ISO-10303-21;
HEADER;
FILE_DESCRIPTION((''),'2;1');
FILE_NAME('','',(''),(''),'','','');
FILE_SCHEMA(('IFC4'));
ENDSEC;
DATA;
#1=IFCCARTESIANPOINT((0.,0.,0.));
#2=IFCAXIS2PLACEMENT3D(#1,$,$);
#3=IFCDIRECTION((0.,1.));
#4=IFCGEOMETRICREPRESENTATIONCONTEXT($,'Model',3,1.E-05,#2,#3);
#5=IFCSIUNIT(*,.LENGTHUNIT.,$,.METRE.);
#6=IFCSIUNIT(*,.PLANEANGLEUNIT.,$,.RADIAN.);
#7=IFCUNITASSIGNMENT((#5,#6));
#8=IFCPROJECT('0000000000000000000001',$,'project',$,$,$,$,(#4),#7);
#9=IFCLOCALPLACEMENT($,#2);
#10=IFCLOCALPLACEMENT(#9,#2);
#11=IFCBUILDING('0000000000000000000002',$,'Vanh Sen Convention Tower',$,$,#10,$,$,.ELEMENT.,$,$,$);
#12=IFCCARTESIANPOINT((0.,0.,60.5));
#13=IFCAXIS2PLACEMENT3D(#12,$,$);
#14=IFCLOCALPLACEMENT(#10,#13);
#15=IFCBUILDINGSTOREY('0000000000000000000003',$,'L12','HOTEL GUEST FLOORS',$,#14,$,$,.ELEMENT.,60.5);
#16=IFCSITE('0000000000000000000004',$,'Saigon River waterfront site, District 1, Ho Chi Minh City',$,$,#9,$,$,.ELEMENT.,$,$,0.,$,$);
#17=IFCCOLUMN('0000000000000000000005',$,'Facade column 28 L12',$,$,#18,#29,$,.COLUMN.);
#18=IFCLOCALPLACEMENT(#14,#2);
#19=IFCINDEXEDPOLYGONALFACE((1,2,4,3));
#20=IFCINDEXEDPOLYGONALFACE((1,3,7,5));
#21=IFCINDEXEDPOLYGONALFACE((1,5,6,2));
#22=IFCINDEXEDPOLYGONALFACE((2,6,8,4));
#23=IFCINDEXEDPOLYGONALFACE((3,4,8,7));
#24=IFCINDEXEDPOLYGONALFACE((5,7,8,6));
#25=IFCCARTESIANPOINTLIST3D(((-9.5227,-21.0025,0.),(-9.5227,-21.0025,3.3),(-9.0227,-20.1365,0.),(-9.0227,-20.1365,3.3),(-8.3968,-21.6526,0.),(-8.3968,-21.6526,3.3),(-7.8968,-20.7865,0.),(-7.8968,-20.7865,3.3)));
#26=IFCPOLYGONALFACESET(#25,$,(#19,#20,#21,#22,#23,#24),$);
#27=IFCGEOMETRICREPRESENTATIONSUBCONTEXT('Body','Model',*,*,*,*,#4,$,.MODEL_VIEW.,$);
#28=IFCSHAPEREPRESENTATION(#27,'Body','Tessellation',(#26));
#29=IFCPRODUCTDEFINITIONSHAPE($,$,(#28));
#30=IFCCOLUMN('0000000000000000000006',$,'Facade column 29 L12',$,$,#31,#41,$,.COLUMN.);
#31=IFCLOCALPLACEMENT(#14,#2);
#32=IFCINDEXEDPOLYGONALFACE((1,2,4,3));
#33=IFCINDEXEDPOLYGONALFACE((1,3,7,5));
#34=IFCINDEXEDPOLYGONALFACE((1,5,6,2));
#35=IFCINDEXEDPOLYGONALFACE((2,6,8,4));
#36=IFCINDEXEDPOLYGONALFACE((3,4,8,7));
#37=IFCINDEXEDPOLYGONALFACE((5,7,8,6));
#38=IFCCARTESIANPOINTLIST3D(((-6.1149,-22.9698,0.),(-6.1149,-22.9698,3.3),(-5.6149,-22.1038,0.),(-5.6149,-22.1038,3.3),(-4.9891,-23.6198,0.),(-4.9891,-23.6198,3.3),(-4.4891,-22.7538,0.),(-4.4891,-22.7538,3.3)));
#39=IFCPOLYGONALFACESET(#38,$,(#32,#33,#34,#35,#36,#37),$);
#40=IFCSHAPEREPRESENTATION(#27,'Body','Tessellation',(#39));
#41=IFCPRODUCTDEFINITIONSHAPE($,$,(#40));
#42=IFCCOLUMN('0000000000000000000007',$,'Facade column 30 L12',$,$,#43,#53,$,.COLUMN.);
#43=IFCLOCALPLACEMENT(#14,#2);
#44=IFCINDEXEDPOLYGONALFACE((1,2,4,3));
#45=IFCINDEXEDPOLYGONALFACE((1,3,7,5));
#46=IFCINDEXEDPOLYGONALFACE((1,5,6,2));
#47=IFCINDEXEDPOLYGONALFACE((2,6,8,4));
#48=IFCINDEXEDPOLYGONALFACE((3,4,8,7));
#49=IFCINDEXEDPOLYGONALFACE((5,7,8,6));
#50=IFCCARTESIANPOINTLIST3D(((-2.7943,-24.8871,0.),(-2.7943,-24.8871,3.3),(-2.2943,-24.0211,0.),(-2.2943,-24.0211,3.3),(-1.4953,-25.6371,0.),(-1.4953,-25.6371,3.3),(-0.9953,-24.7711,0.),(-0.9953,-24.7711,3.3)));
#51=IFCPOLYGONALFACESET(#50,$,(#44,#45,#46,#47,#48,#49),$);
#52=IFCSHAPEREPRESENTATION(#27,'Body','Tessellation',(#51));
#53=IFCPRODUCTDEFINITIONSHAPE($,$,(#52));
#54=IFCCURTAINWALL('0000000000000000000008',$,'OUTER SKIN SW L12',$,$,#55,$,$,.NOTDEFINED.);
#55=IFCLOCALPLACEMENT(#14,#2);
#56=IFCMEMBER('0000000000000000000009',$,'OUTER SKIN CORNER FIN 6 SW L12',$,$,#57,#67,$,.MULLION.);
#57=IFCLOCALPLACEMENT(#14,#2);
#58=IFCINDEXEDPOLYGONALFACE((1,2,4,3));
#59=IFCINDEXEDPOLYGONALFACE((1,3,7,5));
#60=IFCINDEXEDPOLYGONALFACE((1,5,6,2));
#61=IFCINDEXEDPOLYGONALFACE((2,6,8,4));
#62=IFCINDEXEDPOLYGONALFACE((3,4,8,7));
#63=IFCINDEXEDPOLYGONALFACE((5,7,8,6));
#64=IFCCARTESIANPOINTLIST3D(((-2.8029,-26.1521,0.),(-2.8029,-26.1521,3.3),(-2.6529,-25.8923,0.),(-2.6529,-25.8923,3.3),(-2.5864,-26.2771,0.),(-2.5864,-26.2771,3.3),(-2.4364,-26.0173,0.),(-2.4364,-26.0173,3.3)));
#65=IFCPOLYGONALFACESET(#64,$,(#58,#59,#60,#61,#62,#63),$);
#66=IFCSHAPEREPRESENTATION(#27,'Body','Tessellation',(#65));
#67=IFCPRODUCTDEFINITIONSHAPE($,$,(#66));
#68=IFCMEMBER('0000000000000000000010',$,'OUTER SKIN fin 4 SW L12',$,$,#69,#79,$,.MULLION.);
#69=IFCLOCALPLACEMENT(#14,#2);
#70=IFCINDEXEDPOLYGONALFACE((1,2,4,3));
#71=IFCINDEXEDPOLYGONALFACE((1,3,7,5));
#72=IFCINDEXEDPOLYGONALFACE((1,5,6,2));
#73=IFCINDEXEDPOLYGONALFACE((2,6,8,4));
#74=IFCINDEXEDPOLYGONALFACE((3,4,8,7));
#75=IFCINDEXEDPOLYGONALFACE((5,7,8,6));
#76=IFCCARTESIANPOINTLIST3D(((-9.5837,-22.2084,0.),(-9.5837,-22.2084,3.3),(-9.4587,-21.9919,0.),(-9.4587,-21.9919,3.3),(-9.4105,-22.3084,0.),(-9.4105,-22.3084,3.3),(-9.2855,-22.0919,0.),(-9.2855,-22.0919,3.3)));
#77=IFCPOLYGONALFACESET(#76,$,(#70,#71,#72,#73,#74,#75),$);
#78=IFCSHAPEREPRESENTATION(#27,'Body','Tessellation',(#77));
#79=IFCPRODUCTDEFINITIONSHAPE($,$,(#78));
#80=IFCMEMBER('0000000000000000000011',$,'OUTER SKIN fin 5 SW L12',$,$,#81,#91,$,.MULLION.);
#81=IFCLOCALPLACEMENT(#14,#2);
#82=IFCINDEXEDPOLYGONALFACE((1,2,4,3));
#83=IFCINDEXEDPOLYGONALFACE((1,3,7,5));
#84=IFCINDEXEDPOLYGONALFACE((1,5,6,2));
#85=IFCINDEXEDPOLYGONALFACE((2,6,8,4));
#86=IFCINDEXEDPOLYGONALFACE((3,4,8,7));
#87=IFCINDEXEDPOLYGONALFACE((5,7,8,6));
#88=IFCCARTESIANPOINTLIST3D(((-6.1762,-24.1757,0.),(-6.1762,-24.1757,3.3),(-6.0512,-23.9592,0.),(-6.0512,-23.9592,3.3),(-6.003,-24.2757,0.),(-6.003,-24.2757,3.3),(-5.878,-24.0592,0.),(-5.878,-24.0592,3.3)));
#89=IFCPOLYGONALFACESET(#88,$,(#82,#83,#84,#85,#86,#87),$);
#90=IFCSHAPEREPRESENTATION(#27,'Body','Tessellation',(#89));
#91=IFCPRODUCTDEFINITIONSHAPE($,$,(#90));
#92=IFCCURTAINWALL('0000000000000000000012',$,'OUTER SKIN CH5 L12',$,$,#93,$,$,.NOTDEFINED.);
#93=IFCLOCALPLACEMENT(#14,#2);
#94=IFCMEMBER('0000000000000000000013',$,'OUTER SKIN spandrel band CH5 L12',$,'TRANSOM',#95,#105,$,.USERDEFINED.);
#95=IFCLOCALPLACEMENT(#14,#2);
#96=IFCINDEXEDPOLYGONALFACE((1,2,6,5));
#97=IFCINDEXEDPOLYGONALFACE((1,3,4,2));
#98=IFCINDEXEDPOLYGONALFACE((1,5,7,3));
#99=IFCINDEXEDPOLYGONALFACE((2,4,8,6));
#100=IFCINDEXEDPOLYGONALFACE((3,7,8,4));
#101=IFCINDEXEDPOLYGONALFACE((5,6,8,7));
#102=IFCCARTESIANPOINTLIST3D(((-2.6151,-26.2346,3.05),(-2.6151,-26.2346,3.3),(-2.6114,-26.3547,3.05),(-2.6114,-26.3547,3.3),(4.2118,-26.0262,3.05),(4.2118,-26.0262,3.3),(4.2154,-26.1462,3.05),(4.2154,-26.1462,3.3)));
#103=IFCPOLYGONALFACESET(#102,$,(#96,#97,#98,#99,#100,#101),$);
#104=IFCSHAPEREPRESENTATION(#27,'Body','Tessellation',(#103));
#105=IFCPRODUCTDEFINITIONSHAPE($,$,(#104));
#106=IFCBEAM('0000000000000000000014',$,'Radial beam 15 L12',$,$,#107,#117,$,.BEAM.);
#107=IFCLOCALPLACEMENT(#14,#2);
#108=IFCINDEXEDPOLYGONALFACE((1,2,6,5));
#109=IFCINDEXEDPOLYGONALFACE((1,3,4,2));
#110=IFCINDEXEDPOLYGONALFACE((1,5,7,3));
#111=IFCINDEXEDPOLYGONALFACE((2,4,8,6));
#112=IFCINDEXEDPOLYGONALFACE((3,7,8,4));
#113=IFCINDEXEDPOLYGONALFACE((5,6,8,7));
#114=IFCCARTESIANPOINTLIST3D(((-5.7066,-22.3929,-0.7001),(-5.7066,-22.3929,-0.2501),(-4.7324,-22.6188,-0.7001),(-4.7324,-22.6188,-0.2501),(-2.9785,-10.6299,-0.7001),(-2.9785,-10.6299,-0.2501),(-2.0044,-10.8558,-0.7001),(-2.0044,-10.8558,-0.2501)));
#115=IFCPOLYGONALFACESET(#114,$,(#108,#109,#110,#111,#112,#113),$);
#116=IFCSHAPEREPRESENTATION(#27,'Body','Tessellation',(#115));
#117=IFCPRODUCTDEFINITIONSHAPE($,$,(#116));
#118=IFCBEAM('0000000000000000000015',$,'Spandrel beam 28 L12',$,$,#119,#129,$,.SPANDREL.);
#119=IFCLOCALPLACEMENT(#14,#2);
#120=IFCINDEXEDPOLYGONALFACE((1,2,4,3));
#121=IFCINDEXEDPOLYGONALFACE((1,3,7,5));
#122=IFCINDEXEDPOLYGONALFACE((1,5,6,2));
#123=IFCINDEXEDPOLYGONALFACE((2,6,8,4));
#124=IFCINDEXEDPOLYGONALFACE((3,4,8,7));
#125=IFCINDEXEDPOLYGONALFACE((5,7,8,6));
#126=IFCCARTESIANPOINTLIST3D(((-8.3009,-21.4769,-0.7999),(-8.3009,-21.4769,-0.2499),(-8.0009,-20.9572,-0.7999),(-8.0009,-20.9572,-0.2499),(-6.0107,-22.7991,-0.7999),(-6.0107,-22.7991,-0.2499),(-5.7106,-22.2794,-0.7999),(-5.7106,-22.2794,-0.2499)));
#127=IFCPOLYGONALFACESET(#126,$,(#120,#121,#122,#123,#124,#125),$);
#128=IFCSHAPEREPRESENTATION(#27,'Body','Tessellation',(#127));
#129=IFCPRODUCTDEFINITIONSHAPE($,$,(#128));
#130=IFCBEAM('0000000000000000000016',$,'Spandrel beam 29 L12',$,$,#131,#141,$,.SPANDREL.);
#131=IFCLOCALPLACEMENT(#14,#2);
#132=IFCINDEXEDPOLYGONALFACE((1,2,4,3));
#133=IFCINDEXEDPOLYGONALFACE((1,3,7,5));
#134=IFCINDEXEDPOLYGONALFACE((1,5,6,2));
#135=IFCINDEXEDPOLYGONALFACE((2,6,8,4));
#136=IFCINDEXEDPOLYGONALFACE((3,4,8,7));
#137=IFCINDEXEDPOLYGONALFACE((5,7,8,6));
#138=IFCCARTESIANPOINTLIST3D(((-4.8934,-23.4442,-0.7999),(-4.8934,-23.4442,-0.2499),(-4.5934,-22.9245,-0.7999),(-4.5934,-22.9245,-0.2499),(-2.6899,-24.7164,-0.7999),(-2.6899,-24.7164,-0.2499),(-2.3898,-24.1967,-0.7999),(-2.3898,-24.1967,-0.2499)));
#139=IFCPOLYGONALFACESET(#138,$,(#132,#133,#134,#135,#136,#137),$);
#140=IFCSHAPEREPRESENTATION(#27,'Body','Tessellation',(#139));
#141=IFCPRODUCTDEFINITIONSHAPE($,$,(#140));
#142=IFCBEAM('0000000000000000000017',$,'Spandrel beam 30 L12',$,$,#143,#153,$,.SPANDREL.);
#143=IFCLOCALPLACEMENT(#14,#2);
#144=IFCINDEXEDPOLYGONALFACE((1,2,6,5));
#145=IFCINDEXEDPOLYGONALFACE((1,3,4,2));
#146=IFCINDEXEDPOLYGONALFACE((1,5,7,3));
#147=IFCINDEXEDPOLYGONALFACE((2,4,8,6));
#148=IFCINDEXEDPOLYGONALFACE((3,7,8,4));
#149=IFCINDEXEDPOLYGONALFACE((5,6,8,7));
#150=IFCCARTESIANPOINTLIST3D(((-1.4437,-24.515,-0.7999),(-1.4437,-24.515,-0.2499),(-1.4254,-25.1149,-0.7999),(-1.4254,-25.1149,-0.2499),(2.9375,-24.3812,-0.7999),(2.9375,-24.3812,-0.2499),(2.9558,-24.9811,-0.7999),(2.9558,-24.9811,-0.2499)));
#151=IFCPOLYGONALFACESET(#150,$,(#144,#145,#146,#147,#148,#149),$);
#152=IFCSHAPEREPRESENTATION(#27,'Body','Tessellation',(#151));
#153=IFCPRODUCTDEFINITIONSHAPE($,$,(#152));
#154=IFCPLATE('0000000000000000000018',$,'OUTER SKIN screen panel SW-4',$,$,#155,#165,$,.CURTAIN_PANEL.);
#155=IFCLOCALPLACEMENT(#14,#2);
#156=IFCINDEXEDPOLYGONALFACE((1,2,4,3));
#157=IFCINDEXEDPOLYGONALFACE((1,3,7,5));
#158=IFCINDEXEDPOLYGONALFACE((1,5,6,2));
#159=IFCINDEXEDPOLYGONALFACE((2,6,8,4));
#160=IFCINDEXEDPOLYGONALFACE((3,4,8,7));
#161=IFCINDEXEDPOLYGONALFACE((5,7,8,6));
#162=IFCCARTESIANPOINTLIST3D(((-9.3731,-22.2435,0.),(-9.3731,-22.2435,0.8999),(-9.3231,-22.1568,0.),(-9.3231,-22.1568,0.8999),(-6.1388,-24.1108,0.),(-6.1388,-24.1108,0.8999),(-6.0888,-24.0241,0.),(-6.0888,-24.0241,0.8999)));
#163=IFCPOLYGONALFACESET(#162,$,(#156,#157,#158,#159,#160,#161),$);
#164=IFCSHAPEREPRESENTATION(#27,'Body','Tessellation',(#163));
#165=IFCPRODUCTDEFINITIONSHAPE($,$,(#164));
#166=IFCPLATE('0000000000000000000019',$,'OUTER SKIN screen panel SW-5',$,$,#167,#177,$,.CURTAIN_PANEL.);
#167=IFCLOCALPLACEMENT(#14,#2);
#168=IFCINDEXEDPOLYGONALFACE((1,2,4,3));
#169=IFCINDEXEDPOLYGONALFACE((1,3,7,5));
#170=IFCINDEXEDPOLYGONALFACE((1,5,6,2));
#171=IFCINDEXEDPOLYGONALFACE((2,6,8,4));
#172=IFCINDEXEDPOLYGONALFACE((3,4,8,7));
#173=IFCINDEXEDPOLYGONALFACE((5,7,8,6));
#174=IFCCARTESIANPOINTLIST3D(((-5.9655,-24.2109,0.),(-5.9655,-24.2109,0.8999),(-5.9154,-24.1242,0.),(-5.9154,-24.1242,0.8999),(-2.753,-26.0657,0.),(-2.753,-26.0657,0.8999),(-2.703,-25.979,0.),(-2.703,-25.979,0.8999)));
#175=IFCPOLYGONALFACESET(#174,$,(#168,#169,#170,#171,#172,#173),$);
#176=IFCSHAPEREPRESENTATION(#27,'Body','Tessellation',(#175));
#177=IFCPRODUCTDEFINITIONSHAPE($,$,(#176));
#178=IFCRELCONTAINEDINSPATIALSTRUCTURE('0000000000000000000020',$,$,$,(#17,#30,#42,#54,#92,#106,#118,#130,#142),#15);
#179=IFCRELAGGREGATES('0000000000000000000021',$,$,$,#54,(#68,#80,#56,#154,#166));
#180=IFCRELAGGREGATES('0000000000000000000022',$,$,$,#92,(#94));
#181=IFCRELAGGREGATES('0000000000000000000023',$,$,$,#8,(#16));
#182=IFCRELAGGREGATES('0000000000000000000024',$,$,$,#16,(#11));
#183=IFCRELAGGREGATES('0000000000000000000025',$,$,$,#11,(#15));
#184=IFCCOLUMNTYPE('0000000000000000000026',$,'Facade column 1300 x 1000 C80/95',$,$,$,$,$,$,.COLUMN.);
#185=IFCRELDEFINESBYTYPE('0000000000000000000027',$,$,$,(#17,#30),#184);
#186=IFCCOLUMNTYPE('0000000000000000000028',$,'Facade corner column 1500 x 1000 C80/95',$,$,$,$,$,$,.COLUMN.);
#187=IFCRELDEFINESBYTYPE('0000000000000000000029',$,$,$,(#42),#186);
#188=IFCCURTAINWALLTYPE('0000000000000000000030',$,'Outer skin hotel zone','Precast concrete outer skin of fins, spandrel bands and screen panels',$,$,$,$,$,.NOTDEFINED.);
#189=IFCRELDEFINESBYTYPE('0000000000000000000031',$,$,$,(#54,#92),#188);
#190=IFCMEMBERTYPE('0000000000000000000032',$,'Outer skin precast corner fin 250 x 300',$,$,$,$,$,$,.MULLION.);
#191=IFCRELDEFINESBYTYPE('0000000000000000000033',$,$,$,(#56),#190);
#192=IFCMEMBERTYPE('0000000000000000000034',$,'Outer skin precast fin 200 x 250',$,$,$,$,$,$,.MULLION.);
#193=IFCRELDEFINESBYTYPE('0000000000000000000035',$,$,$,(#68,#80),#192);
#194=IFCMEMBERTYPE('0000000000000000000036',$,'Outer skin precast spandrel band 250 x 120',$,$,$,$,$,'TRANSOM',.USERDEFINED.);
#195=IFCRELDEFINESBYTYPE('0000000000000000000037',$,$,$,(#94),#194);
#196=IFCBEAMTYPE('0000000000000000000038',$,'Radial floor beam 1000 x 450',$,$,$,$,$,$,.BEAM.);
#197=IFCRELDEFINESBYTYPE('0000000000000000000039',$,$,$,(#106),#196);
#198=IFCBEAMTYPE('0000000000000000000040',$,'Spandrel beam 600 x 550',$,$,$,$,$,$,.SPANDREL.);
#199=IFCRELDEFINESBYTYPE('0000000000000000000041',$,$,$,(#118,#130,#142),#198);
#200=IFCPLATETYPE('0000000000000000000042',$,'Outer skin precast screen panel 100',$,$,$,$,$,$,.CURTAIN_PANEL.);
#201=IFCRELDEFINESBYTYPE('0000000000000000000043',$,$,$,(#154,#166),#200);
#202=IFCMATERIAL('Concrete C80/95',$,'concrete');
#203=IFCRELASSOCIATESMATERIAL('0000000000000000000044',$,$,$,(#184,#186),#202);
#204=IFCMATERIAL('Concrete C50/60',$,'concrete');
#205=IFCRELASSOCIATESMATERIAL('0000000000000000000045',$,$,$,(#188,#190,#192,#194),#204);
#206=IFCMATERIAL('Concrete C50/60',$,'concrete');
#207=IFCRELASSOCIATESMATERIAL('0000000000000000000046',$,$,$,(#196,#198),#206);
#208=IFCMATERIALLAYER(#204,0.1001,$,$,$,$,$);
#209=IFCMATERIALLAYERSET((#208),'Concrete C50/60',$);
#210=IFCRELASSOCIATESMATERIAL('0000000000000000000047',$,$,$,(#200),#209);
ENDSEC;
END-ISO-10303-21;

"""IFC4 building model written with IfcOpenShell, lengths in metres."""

from ifc_helpers import new_model, si_unit, direction, frame, origin, origin_2d, place, context, subcontext, project, spatial, rectangle, extrude, material, layer, layer_set, material_profile, profile_set, type_object, element, aggregate, save


model = new_model("IFC4")

# Units and contexts
model_context = context("Model", 3, precision=1e-05, world=origin(), true_north=direction((0.0, 1.0)))
body_context = subcontext(model_context, "Body", "Model", "MODEL_VIEW")
ifc_project = project(units=[si_unit("LENGTHUNIT", "METRE"), si_unit("PLANEANGLEUNIT", "RADIAN")], contexts=[model_context])

# Site, building, storey
site_placement = place(None, origin())
site = spatial("IfcSite", under=ifc_project, at=site_placement, Name="Saigon River waterfront site, District 1, Ho Chi Minh City", CompositionType="ELEMENT", RefElevation=0.0)
building_placement = place(site_placement, origin())
building = spatial("IfcBuilding", under=site, at=building_placement, Name="Vanh Sen Convention Tower", CompositionType="ELEMENT")
storey_placement = place(building_placement, frame((0.0, 0.0, 60.5)))
storey = spatial("IfcBuildingStorey", under=building, at=storey_placement, Name="L12", Description="HOTEL GUEST FLOORS", CompositionType="ELEMENT", Elevation=60.5)

# Columns
ifc_material_1 = material(Name="Concrete C80/95", Category="concrete")
ifc_material_profile_1 = material_profile(ifc_material_1, rectangle(XDim=1.3, YDim=1.0, at=origin_2d()), Name="RC 1300X1000")
ifc_profile_set_1 = profile_set([ifc_material_profile_1], Name="Concrete C80/95")
column_type_1 = type_object("IfcColumnType", Name="Facade column 1300 x 1000 C80/95", PredefinedType="COLUMN", material=ifc_profile_set_1)
for number, where, z_axis, x_axis, name in (
    (1, (-8.7097, -20.8945, 0.0), (0.0, 0.0, 1.0), (0.866025, -0.5, 0.0), "Facade column 28 L12"),
    (2, (-5.302, -22.8618, 0.0), (0.0, 0.0, 1.0), (0.866025, -0.5, 0.0), "Facade column 29 L12"),
):
    element("IfcColumn", number, at=place(storey_placement, frame(where, z_axis=z_axis, x_axis=x_axis)), inside=storey, type_object=column_type_1, Name=name, PredefinedType="COLUMN", context=body_context, shape_type="SweptSolid", body=[
        extrude(rectangle(XDim=1.3, YDim=1.0, at=origin_2d()), origin(), (0.0, 0.0, 1.0), 3.3),
    ])
ifc_material_profile_2 = material_profile(ifc_material_1, rectangle(XDim=1.5, YDim=1.0, at=origin_2d()), Name="RC 1500X1000")
ifc_profile_set_2 = profile_set([ifc_material_profile_2], Name="Concrete C80/95")
column_type_2 = type_object("IfcColumnType", Name="Facade corner column 1500 x 1000 C80/95", PredefinedType="COLUMN", material=ifc_profile_set_2)
column_placement = place(storey_placement, frame((-1.8948, -24.8291, 0.0), z_axis=(0.0, 0.0, 1.0), x_axis=(0.866025, -0.5, 0.0)))
element("IfcColumn", 3, at=column_placement, inside=storey, type_object=column_type_2, Name="Facade column 30 L12", PredefinedType="COLUMN", context=body_context, shape_type="SweptSolid", body=[
    extrude(rectangle(XDim=1.5, YDim=1.0, at=origin_2d()), origin(), (0.0, 0.0, 1.0), 3.3),
])

# Curtain wall, members
ifc_material_2 = material(Name="Concrete C50/60", Category="concrete")
curtain_wall_type = type_object("IfcCurtainWallType", Name="Outer skin hotel zone", Description="Precast concrete outer skin of fins, spandrel bands and screen panels", PredefinedType="NOTDEFINED", material=ifc_material_2)
curtain_wall_1_placement = place(storey_placement, origin())
curtain_wall_1 = element("IfcCurtainWall", 4, at=curtain_wall_1_placement, inside=storey, type_object=curtain_wall_type, Name="OUTER SKIN SW L12", PredefinedType="NOTDEFINED")
ifc_material_profile_3 = material_profile(ifc_material_2, rectangle(XDim=0.25, YDim=0.3, at=origin_2d()), Name="Outer skin precast corner fin 250 x 300")
ifc_profile_set_3 = profile_set([ifc_material_profile_3], Name="Concrete C50/60")
member_type_1 = type_object("IfcMemberType", Name="Outer skin precast corner fin 250 x 300", PredefinedType="MULLION", material=ifc_profile_set_3)
member_1_placement = place(storey_placement, frame((-2.6196, -26.0847, 0.0), z_axis=(0.0, 0.0, 1.0), x_axis=(0.866025, -0.5, 0.0)))
member_1 = element("IfcMember", 5, at=member_1_placement, type_object=member_type_1, Name="OUTER SKIN CORNER FIN 6 SW L12", PredefinedType="MULLION", context=body_context, shape_type="SweptSolid", body=[
    extrude(rectangle(XDim=0.25, YDim=0.3, at=origin_2d()), origin(), (0.0, 0.0, 1.0), 3.3),
])
ifc_material_profile_4 = material_profile(ifc_material_2, rectangle(XDim=0.2, YDim=0.25, at=origin_2d()), Name="Outer skin precast fin 200 x 250")
ifc_profile_set_4 = profile_set([ifc_material_profile_4], Name="Concrete C50/60")
member_type_2 = type_object("IfcMemberType", Name="Outer skin precast fin 200 x 250", PredefinedType="MULLION", material=ifc_profile_set_4)
member_2_placement = place(storey_placement, frame((-9.4346, -22.1501, 0.0), z_axis=(0.0, 0.0, 1.0), x_axis=(0.866025, -0.5, 0.0)))
member_2 = element("IfcMember", 6, at=member_2_placement, type_object=member_type_2, Name="OUTER SKIN fin 4 SW L12", PredefinedType="MULLION", context=body_context, shape_type="SweptSolid", body=[
    extrude(rectangle(XDim=0.2, YDim=0.25, at=origin_2d()), origin(), (0.0, 0.0, 1.0), 3.3),
])
member_3_placement = place(storey_placement, frame((-6.0271, -24.1174, 0.0), z_axis=(0.0, 0.0, 1.0), x_axis=(0.866025, -0.5, 0.0)))
member_3 = element("IfcMember", 7, at=member_3_placement, type_object=member_type_2, Name="OUTER SKIN fin 5 SW L12", PredefinedType="MULLION", context=body_context, shape_type="SweptSolid", body=[
    extrude(rectangle(XDim=0.2, YDim=0.25, at=origin_2d()), origin(), (0.0, 0.0, 1.0), 3.3),
])

# Curtain wall, member
curtain_wall_2_placement = place(storey_placement, origin())
curtain_wall_2 = element("IfcCurtainWall", 8, at=curtain_wall_2_placement, inside=storey, type_object=curtain_wall_type, Name="OUTER SKIN CH5 L12", PredefinedType="NOTDEFINED")
ifc_material_profile_5 = material_profile(ifc_material_2, rectangle(XDim=0.1201, YDim=0.25, at=origin_2d()), Name="Outer skin precast spandrel band 250 x 120")
ifc_profile_set_5 = profile_set([ifc_material_profile_5], Name="Concrete C50/60")
member_type_3 = type_object("IfcMemberType", Name="Outer skin precast spandrel band 250 x 120", ElementType="TRANSOM", PredefinedType="USERDEFINED", material=ifc_profile_set_5)
member_4_placement = place(storey_placement, frame((-2.6133, -26.2947, 3.175), z_axis=(0.999534, 0.030526, 0.0), x_axis=(-0.030526, 0.999534, 0.0)))
member_4 = element("IfcMember", 9, at=member_4_placement, type_object=member_type_3, Name="OUTER SKIN spandrel band CH5 L12", ObjectType="TRANSOM", PredefinedType="USERDEFINED", context=body_context, shape_type="SweptSolid", body=[
    extrude(rectangle(XDim=0.1201, YDim=0.25, at=origin_2d()), origin(), (0.0, 0.0, 1.0), 6.8301),
])

# Beams
ifc_material_3 = material(Name="Concrete C50/60", Category="concrete")
ifc_material_profile_6 = material_profile(ifc_material_3, rectangle(XDim=1.0, YDim=0.45, at=origin_2d()), Name="RC 1000X450")
ifc_profile_set_6 = profile_set([ifc_material_profile_6], Name="Concrete C50/60")
beam_type_1 = type_object("IfcBeamType", Name="Radial floor beam 1000 x 450", PredefinedType="BEAM", material=ifc_profile_set_6)
beam_1_placement = place(storey_placement, frame((-5.2195, -22.5059, -0.4751), z_axis=(0.225921, 0.974146, 0.0), x_axis=(-0.974146, 0.225921, 0.0)))
element("IfcBeam", 10, at=beam_1_placement, inside=storey, type_object=beam_type_1, Name="Radial beam 15 L12", PredefinedType="BEAM", context=body_context, shape_type="SweptSolid", body=[
    extrude(rectangle(XDim=1.0, YDim=0.45, at=origin_2d()), origin(), (0.0, 0.0, 1.0), 12.0752),
])
ifc_material_profile_7 = material_profile(ifc_material_3, rectangle(XDim=0.6001, YDim=0.55, at=origin_2d()), Name="RC 600X550")
ifc_profile_set_7 = profile_set([ifc_material_profile_7], Name="Concrete C50/60")
beam_type_2 = type_object("IfcBeamType", Name="Spandrel beam 600 x 550", PredefinedType="SPANDREL", material=ifc_profile_set_7)
beam_2_placement = place(storey_placement, frame((-8.1509, -21.217, -0.5249), z_axis=(0.86603, -0.499991, 0.0), x_axis=(0.499991, 0.86603, 0.0)))
element("IfcBeam", 11, at=beam_2_placement, inside=storey, type_object=beam_type_2, Name="Spandrel beam 28 L12", PredefinedType="SPANDREL", context=body_context, shape_type="SweptSolid", body=[
    extrude(rectangle(XDim=0.6001, YDim=0.55, at=origin_2d()), origin(), (0.0, 0.0, 1.0), 2.6445),
])
beam_3_placement = place(storey_placement, frame((-4.7434, -23.1843, -0.5249), z_axis=(0.866032, -0.499988, 0.0), x_axis=(0.499988, 0.866032, 0.0)))
element("IfcBeam", 12, at=beam_3_placement, inside=storey, type_object=beam_type_2, Name="Spandrel beam 29 L12", PredefinedType="SPANDREL", context=body_context, shape_type="SweptSolid", body=[
    extrude(rectangle(XDim=0.6001, YDim=0.55, at=origin_2d()), origin(), (0.0, 0.0, 1.0), 2.5444),
])
beam_4_placement = place(storey_placement, frame((-1.4346, -24.8149, -0.5249), z_axis=(0.999534, 0.030522, 0.0), x_axis=(-0.030522, 0.999534, 0.0)))
element("IfcBeam", 13, at=beam_4_placement, inside=storey, type_object=beam_type_2, Name="Spandrel beam 30 L12", PredefinedType="SPANDREL", context=body_context, shape_type="SweptSolid", body=[
    extrude(rectangle(XDim=0.6001, YDim=0.55, at=origin_2d()), origin(), (0.0, 0.0, 1.0), 4.3833),
])

# Plates
ifc_layer_1 = layer(ifc_material_2, 0.1001)
ifc_layer_set_1 = layer_set([ifc_layer_1], Name="Concrete C50/60")
plate_type = type_object("IfcPlateType", Name="Outer skin precast screen panel 100", PredefinedType="CURTAIN_PANEL", material=ifc_layer_set_1)
plate_1_placement = place(storey_placement, frame((-7.731, -23.1338, 0.0), z_axis=(0.0, 0.0, 1.0), x_axis=(0.866028, -0.499995, 0.0)))
plate_1 = element("IfcPlate", 14, at=plate_1_placement, type_object=plate_type, Name="OUTER SKIN screen panel SW-4", PredefinedType="CURTAIN_PANEL", context=body_context, shape_type="SweptSolid", body=[
    extrude(rectangle(XDim=3.7346, YDim=0.1001, at=origin_2d()), origin(), (0.0, 0.0, 1.0), 0.8999),
])
plate_2_placement = place(storey_placement, frame((-4.3342, -25.095, 0.0), z_axis=(0.0, 0.0, 1.0), x_axis=(0.866021, -0.500008, 0.0)))
plate_2 = element("IfcPlate", 15, at=plate_2_placement, type_object=plate_type, Name="OUTER SKIN screen panel SW-5", PredefinedType="CURTAIN_PANEL", context=body_context, shape_type="SweptSolid", body=[
    extrude(rectangle(XDim=3.7095, YDim=0.1001, at=origin_2d()), origin(), (0.0, 0.0, 1.0), 0.8999),
])
aggregate(curtain_wall_1, [member_2, member_3, member_1, plate_1, plate_2])
aggregate(curtain_wall_2, [member_4])

save(model, "model.ifc")
